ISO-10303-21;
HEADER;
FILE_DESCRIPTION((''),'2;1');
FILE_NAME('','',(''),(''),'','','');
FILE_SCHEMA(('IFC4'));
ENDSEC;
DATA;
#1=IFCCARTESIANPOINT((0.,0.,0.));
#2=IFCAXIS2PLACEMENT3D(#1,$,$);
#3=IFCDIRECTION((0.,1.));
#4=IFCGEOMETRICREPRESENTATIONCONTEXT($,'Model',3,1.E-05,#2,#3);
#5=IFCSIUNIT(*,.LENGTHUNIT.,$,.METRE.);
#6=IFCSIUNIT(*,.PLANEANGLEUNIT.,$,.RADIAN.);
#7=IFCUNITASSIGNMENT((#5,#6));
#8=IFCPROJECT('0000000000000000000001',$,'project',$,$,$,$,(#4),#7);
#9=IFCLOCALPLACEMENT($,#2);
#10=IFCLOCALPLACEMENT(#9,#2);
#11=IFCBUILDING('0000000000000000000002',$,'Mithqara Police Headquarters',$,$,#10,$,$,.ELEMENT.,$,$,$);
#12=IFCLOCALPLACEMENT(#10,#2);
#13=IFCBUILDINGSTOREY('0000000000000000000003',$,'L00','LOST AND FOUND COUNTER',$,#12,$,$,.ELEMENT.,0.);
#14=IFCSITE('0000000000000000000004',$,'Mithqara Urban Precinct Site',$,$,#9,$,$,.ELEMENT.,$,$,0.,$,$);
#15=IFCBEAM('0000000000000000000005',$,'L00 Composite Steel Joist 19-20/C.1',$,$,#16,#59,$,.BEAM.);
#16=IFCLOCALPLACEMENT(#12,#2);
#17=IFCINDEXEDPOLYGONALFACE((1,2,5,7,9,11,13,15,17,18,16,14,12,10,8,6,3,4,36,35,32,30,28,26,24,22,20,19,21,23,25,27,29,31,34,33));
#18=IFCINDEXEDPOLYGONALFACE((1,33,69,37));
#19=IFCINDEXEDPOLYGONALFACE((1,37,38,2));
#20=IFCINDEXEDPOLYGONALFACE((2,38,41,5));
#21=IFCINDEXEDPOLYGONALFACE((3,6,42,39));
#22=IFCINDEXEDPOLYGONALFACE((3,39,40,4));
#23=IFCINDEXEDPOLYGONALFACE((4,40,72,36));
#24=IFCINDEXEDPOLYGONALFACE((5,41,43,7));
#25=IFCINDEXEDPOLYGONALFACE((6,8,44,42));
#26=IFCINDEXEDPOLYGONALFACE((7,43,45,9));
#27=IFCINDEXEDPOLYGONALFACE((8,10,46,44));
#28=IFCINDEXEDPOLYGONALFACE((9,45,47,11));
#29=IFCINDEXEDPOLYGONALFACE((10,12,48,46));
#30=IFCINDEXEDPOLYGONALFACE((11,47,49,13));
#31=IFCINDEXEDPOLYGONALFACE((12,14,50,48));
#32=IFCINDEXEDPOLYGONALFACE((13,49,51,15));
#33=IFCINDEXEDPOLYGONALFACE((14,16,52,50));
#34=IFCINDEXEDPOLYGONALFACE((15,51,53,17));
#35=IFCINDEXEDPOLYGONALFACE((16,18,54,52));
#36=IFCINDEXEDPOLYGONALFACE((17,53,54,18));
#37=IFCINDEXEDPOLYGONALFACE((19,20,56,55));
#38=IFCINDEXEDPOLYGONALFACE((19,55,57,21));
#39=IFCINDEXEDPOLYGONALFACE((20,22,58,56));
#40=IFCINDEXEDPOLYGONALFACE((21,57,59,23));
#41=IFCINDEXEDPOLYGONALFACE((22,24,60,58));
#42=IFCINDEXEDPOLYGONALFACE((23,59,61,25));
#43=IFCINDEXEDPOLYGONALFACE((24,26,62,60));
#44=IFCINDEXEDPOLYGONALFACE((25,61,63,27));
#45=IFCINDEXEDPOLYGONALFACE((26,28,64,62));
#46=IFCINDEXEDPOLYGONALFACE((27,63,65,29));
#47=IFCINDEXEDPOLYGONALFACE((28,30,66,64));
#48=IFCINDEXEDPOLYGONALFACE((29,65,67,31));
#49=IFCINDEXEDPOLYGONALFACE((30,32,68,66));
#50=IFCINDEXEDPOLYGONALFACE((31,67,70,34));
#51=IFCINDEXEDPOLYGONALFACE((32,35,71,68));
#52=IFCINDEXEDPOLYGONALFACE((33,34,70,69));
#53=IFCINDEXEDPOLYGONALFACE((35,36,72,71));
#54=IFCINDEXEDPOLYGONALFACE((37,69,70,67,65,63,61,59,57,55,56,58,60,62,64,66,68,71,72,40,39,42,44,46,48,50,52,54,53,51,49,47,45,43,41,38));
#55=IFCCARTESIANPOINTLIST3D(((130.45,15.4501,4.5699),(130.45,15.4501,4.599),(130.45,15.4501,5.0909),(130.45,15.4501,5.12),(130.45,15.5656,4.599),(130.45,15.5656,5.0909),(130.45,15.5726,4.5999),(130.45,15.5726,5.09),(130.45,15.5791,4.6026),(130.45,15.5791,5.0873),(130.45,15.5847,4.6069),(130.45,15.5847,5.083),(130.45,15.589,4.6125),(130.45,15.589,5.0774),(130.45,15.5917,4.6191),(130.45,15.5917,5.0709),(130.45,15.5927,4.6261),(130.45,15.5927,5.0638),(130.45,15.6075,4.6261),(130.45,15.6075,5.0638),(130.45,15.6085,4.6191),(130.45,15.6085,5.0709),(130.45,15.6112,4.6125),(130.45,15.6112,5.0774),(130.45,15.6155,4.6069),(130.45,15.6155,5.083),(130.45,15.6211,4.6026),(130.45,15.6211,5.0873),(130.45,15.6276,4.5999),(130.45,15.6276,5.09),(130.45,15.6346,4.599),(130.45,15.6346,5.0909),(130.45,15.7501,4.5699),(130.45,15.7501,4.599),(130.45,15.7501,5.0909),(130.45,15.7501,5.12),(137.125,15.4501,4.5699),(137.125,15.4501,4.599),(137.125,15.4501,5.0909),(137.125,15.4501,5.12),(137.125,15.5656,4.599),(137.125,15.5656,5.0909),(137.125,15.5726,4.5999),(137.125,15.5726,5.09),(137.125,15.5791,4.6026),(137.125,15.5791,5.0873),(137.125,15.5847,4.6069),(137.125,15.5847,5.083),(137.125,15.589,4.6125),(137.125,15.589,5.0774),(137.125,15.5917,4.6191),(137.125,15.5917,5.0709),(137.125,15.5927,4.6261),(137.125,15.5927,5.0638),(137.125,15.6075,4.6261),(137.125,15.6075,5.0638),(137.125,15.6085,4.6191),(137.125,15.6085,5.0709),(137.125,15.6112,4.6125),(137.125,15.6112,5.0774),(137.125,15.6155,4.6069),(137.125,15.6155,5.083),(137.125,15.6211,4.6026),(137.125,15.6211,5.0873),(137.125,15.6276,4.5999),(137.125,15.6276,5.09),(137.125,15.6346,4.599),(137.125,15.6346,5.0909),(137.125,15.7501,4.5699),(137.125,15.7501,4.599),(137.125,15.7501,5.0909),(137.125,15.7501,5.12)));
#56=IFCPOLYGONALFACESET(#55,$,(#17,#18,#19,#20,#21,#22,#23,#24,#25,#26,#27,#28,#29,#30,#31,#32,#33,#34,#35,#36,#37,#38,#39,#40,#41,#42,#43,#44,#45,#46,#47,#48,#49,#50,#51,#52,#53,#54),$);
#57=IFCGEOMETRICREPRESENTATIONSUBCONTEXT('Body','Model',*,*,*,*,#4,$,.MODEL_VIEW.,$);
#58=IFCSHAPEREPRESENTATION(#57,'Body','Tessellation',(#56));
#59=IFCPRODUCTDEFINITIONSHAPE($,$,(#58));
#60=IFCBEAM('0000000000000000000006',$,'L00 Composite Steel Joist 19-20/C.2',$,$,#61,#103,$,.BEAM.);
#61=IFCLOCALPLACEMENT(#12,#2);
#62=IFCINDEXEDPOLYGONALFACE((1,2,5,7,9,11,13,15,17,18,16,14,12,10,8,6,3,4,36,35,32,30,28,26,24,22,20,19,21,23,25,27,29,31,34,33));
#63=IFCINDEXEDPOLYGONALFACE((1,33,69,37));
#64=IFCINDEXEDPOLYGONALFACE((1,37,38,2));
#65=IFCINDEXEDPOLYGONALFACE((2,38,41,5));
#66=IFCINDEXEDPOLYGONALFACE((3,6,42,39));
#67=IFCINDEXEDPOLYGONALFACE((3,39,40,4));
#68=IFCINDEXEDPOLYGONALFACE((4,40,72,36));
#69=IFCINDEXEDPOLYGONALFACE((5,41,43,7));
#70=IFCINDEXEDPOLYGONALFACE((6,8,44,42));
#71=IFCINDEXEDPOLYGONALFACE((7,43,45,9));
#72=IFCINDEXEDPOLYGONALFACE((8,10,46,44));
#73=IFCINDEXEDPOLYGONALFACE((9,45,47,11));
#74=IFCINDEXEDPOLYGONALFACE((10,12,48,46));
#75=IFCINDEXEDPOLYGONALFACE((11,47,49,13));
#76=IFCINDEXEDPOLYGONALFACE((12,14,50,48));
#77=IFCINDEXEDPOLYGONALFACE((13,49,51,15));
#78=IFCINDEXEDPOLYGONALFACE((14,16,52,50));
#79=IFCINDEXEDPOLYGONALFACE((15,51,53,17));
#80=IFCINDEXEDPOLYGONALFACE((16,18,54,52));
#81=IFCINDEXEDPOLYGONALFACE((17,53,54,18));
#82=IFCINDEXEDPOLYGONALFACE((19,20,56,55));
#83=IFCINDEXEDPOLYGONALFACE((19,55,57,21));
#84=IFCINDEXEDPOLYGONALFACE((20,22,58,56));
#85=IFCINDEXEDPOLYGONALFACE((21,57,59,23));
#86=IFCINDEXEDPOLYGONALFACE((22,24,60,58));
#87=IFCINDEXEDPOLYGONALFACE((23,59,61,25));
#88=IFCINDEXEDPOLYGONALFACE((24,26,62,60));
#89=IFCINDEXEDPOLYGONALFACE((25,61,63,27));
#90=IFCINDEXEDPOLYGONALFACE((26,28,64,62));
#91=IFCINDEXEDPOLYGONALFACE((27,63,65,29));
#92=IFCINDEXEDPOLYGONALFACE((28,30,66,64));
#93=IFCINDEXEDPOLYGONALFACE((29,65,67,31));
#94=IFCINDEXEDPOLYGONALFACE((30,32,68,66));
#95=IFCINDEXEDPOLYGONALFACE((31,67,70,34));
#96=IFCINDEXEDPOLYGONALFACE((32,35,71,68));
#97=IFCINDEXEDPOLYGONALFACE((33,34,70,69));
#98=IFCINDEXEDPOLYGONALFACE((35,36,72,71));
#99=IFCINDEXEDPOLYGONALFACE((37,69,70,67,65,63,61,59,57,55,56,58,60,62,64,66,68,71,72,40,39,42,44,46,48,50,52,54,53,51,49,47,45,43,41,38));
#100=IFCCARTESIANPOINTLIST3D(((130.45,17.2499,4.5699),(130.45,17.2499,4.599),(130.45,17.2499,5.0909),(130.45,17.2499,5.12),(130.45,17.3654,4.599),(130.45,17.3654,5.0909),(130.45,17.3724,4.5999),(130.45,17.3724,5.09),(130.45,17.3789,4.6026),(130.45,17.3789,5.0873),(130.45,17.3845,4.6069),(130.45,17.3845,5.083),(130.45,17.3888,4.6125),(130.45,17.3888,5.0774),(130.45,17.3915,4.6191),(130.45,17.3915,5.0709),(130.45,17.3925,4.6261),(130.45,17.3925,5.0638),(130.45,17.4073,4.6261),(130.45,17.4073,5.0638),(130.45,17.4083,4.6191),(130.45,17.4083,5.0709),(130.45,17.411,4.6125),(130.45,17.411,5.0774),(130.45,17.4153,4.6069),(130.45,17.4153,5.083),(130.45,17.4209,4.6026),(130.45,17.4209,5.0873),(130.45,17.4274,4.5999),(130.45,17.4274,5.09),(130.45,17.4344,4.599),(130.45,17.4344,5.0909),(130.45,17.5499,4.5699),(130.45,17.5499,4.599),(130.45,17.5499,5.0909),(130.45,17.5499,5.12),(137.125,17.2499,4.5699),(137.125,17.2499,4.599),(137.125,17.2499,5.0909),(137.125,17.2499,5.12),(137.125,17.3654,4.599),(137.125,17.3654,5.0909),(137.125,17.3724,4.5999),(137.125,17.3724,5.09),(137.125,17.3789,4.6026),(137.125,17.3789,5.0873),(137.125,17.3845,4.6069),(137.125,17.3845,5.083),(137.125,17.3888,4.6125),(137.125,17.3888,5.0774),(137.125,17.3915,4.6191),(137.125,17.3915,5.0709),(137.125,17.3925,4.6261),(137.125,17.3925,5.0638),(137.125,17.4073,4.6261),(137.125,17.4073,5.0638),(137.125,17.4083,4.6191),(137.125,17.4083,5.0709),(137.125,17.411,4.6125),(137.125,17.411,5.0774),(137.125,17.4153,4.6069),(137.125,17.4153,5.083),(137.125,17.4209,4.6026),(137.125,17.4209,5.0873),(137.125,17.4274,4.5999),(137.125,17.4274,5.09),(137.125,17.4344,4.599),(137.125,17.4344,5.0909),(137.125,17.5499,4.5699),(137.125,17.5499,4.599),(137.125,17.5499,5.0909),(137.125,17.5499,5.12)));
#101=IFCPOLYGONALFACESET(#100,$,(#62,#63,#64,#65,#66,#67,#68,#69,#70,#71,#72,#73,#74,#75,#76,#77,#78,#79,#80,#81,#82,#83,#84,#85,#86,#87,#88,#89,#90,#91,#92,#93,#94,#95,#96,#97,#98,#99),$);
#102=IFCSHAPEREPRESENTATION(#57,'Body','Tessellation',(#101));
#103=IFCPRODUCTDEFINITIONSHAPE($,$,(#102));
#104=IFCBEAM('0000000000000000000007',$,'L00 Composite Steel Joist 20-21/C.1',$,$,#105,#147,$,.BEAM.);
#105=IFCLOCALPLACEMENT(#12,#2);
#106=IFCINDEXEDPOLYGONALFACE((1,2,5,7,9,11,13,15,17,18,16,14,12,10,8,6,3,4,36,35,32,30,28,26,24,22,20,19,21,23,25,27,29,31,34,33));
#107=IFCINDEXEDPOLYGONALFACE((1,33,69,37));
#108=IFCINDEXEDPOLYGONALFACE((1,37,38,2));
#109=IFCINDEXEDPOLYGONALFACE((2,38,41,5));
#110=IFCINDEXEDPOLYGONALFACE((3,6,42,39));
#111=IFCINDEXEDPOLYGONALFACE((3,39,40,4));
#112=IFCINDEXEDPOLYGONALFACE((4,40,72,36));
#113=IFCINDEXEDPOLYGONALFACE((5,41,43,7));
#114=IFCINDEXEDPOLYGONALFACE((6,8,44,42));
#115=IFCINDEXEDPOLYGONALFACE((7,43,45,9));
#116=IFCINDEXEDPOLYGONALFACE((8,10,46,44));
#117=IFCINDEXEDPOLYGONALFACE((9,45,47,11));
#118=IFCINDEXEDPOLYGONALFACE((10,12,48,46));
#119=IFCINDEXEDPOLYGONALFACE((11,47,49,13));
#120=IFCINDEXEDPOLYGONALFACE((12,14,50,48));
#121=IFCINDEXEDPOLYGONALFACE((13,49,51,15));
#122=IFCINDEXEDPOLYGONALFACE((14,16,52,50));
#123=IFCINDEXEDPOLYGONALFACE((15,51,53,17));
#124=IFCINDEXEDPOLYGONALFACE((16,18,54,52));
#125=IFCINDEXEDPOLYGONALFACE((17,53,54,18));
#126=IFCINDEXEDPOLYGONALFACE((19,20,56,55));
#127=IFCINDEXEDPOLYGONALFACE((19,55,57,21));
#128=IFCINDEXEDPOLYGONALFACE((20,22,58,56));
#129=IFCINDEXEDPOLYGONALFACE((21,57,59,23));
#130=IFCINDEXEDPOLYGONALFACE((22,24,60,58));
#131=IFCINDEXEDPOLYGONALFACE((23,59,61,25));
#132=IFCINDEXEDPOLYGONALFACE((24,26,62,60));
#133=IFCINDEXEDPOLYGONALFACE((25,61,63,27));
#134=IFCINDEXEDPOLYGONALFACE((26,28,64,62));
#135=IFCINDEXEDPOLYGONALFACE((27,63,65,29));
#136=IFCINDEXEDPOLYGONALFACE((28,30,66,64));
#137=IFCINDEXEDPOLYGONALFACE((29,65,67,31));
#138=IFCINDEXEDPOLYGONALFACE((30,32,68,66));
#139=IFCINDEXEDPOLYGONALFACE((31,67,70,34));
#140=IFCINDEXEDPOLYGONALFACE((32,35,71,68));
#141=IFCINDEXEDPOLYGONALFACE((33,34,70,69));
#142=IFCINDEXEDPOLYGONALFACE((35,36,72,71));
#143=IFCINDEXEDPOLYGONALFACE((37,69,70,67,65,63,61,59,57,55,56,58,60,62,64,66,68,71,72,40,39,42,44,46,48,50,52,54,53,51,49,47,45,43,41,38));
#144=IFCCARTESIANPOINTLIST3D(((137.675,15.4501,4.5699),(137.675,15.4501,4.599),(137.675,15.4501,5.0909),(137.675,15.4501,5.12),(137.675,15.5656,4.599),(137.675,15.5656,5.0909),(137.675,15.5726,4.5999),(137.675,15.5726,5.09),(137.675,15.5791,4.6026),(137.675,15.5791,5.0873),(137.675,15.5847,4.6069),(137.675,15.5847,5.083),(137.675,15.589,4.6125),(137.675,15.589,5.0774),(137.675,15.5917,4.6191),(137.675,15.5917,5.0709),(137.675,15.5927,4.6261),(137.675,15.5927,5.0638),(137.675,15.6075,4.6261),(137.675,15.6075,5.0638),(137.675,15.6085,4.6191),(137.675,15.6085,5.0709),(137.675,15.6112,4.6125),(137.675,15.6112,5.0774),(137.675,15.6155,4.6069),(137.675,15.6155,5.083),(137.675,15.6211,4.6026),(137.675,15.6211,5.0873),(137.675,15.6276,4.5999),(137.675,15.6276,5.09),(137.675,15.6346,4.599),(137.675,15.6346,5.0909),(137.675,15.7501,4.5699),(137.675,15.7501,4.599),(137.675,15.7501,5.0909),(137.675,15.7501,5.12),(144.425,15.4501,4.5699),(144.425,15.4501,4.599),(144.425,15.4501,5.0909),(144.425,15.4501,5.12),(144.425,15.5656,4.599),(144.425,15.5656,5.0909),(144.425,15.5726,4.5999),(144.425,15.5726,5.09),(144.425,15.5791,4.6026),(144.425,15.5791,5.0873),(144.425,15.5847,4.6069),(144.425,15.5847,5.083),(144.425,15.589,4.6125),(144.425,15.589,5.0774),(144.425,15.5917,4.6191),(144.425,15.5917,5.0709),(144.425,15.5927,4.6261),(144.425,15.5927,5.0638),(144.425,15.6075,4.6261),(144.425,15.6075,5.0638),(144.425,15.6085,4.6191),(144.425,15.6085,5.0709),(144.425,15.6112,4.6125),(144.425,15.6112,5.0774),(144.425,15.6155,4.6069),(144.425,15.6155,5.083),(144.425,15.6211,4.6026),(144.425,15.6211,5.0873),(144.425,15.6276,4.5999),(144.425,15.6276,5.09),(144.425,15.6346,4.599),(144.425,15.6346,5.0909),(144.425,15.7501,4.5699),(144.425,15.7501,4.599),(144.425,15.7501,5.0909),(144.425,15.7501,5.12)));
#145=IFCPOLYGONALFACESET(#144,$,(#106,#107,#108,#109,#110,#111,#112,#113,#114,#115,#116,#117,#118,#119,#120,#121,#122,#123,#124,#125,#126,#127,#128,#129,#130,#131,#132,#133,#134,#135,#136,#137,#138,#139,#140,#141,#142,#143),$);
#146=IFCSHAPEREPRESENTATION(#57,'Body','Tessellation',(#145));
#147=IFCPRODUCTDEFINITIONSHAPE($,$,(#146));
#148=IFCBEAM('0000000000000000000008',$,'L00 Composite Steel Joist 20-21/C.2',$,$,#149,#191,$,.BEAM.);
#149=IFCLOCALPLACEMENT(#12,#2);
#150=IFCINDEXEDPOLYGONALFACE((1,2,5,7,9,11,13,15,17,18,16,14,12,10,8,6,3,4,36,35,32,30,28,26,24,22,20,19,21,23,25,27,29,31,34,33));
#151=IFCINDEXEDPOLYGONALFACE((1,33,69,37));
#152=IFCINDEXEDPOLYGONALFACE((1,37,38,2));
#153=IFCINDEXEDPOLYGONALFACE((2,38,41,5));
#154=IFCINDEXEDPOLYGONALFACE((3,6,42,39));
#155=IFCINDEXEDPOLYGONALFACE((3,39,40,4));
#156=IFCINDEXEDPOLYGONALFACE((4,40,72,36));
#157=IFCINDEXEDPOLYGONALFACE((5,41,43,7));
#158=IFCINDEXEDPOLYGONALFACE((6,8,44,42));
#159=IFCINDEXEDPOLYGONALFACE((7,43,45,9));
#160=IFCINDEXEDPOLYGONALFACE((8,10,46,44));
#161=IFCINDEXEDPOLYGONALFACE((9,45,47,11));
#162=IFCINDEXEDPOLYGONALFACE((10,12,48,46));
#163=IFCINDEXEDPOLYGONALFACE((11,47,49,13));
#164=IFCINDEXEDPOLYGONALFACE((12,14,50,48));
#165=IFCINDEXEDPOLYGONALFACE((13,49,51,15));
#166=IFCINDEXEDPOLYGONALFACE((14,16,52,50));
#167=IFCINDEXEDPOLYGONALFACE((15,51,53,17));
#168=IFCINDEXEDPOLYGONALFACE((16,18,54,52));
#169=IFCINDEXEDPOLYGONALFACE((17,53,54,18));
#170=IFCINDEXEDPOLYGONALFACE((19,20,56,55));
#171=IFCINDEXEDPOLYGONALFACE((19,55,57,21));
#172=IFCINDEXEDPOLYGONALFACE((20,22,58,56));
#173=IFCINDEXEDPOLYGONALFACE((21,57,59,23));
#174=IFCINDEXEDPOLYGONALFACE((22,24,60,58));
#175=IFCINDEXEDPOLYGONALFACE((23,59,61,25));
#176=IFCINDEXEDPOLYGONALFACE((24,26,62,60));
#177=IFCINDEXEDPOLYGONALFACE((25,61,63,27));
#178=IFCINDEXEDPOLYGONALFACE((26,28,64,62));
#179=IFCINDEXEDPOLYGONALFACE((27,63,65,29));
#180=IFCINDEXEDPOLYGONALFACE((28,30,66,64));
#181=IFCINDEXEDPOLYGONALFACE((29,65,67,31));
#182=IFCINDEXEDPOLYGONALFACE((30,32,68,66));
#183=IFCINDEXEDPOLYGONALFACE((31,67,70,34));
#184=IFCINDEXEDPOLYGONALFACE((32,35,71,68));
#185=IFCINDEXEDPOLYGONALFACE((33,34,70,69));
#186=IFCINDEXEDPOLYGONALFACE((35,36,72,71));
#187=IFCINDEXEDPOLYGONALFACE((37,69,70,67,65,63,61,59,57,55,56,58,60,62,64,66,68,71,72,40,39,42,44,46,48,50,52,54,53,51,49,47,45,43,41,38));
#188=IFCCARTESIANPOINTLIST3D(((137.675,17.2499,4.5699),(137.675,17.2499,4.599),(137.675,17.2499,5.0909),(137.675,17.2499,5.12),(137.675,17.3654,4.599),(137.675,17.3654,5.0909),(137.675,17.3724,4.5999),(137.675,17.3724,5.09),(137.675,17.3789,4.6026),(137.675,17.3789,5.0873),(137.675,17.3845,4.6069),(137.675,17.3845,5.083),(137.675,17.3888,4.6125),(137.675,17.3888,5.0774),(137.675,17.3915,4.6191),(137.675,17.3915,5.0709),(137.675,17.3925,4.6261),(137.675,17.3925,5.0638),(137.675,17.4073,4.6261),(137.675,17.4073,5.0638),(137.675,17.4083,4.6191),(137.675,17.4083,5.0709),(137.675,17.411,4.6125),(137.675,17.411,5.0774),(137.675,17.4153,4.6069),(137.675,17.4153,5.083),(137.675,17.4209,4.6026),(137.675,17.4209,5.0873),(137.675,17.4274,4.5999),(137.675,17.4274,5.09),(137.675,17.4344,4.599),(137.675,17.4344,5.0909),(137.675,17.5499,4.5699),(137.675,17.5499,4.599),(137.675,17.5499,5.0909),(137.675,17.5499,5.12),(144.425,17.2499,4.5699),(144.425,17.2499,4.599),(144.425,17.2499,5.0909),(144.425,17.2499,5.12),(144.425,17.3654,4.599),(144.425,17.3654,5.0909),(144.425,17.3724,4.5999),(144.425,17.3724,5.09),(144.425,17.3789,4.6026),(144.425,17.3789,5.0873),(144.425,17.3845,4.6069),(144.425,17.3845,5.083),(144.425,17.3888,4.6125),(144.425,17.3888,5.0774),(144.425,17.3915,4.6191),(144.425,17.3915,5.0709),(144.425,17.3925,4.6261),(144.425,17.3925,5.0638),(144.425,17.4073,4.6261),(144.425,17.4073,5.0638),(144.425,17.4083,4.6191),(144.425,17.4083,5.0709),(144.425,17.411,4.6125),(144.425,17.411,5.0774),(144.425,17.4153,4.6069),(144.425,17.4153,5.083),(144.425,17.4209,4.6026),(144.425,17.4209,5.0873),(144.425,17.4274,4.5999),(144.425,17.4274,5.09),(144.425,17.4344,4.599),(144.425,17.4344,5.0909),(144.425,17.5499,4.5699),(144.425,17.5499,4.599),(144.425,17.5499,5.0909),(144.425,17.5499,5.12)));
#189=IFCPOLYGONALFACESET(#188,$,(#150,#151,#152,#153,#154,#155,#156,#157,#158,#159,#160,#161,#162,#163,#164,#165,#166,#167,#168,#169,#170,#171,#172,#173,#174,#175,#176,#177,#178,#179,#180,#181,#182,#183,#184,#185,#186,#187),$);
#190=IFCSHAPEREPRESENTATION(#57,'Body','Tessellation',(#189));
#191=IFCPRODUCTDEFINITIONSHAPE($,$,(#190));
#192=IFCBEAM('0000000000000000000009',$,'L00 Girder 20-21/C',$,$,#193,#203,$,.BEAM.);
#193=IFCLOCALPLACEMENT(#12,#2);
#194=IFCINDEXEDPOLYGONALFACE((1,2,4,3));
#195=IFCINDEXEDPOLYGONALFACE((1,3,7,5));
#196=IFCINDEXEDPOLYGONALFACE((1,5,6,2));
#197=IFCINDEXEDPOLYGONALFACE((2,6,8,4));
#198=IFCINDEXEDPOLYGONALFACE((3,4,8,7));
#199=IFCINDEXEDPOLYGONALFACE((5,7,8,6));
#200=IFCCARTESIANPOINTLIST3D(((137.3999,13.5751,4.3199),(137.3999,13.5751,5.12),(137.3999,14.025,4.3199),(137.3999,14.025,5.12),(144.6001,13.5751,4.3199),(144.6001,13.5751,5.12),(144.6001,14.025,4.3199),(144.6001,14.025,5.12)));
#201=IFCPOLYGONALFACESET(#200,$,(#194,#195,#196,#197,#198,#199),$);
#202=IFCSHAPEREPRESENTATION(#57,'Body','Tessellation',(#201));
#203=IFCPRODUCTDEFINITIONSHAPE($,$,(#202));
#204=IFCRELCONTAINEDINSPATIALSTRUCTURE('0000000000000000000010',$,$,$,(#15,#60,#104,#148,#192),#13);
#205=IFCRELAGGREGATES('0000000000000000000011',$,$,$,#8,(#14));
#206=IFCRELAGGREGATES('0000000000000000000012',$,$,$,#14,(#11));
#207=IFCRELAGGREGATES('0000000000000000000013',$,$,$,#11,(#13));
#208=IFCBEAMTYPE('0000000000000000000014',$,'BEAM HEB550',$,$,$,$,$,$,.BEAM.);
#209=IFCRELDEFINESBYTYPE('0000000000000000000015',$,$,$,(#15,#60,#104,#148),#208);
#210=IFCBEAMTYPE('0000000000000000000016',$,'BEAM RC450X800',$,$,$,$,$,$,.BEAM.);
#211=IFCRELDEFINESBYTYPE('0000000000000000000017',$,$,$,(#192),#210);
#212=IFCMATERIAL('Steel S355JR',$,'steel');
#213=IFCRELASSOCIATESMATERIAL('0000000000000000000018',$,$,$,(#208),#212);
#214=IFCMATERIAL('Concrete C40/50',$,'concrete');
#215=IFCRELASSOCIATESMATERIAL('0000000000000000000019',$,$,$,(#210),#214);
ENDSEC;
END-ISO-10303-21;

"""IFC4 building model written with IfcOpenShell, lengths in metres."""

from ifc_helpers import new_model, si_unit, direction, frame, origin, origin_2d, place, context, subcontext, project, spatial, rectangle, i_section, extrude, material, material_profile, profile_set, type_object, element, save


model = new_model("IFC4")

# Units and contexts
model_context = context("Model", 3, precision=1e-05, world=origin(), true_north=direction((0.0, 1.0)))
body_context = subcontext(model_context, "Body", "Model", "MODEL_VIEW")
ifc_project = project(units=[si_unit("LENGTHUNIT", "METRE"), si_unit("PLANEANGLEUNIT", "RADIAN")], contexts=[model_context])

# Site, building, storey
site_placement = place(None, origin())
site = spatial("IfcSite", under=ifc_project, at=site_placement, Name="Mithqara Urban Precinct Site", CompositionType="ELEMENT", RefElevation=0.0)
building_placement = place(site_placement, origin())
building = spatial("IfcBuilding", under=site, at=building_placement, Name="Mithqara Police Headquarters", CompositionType="ELEMENT")
storey_placement = place(building_placement, origin())
storey = spatial("IfcBuildingStorey", under=building, at=storey_placement, Name="L00", Description="LOST AND FOUND COUNTER", CompositionType="ELEMENT", Elevation=0.0)

# Shared definitions
ifc_material_1 = material(Name="Concrete C40/50", Category="concrete")

# Beams
ifc_material_2 = material(Name="Steel S355JR", Category="steel")
ifc_material_profile_1 = material_profile(ifc_material_2, i_section(OverallWidth=0.3, OverallDepth=0.55, WebThickness=0.0149, FlangeThickness=0.0291, FilletRadius=0.0271, at=origin_2d()), Name="HEB 550")
ifc_profile_set_1 = profile_set([ifc_material_profile_1], Name="Steel S355JR")
beam_type_1 = type_object("IfcBeamType", Name="BEAM HEB550", PredefinedType="BEAM", material=ifc_profile_set_1)
for number, where, z_axis, x_axis, name in (
    (1, (130.45, 15.6001, 4.845), (1.0, 0.0, 0.0), (0.0, 1.0, 0.0), "L00 Composite Steel Joist 19-20/C.1"),
    (2, (130.45, 17.3999, 4.845), (1.0, 0.0, 0.0), (0.0, 1.0, 0.0), "L00 Composite Steel Joist 19-20/C.2"),
):
    element("IfcBeam", number, at=place(storey_placement, frame(where, z_axis=z_axis, x_axis=x_axis)), inside=storey, type_object=beam_type_1, Name=name, PredefinedType="BEAM", context=body_context, shape_type="SweptSolid", body=[
        extrude(i_section(OverallWidth=0.3, OverallDepth=0.55, WebThickness=0.0149, FlangeThickness=0.0291, FilletRadius=0.0271, at=origin_2d()), origin(), (0.0, 0.0, 1.0), 6.675),
    ])
for number, where, z_axis, x_axis, name in (
    (3, (137.675, 15.6001, 4.845), (1.0, 0.0, 0.0), (0.0, 1.0, 0.0), "L00 Composite Steel Joist 20-21/C.1"),
    (4, (137.675, 17.3999, 4.845), (1.0, 0.0, 0.0), (0.0, 1.0, 0.0), "L00 Composite Steel Joist 20-21/C.2"),
):
    element("IfcBeam", number, at=place(storey_placement, frame(where, z_axis=z_axis, x_axis=x_axis)), inside=storey, type_object=beam_type_1, Name=name, PredefinedType="BEAM", context=body_context, shape_type="SweptSolid", body=[
        extrude(i_section(OverallWidth=0.3, OverallDepth=0.55, WebThickness=0.0149, FlangeThickness=0.0291, FilletRadius=0.0271, at=origin_2d()), origin(), (0.0, 0.0, 1.0), 6.75),
    ])
ifc_material_profile_2 = material_profile(ifc_material_1, rectangle(XDim=0.45, YDim=0.8, at=origin_2d()), Name="RC 450x800")
ifc_profile_set_2 = profile_set([ifc_material_profile_2], Name="Concrete C40/50")
beam_type_2 = type_object("IfcBeamType", Name="BEAM RC450X800", PredefinedType="BEAM", material=ifc_profile_set_2)
beam_1_placement = place(storey_placement, frame((137.3999, 13.8, 4.72), z_axis=(1.0, 0.0, 0.0), x_axis=(0.0, 1.0, 0.0)))
element("IfcBeam", 5, at=beam_1_placement, inside=storey, type_object=beam_type_2, Name="L00 Girder 20-21/C", PredefinedType="BEAM", context=body_context, shape_type="SweptSolid", body=[
    extrude(rectangle(XDim=0.45, YDim=0.8, at=origin_2d()), origin(), (0.0, 0.0, 1.0), 7.2002),
])

save(model, "model.ifc")
